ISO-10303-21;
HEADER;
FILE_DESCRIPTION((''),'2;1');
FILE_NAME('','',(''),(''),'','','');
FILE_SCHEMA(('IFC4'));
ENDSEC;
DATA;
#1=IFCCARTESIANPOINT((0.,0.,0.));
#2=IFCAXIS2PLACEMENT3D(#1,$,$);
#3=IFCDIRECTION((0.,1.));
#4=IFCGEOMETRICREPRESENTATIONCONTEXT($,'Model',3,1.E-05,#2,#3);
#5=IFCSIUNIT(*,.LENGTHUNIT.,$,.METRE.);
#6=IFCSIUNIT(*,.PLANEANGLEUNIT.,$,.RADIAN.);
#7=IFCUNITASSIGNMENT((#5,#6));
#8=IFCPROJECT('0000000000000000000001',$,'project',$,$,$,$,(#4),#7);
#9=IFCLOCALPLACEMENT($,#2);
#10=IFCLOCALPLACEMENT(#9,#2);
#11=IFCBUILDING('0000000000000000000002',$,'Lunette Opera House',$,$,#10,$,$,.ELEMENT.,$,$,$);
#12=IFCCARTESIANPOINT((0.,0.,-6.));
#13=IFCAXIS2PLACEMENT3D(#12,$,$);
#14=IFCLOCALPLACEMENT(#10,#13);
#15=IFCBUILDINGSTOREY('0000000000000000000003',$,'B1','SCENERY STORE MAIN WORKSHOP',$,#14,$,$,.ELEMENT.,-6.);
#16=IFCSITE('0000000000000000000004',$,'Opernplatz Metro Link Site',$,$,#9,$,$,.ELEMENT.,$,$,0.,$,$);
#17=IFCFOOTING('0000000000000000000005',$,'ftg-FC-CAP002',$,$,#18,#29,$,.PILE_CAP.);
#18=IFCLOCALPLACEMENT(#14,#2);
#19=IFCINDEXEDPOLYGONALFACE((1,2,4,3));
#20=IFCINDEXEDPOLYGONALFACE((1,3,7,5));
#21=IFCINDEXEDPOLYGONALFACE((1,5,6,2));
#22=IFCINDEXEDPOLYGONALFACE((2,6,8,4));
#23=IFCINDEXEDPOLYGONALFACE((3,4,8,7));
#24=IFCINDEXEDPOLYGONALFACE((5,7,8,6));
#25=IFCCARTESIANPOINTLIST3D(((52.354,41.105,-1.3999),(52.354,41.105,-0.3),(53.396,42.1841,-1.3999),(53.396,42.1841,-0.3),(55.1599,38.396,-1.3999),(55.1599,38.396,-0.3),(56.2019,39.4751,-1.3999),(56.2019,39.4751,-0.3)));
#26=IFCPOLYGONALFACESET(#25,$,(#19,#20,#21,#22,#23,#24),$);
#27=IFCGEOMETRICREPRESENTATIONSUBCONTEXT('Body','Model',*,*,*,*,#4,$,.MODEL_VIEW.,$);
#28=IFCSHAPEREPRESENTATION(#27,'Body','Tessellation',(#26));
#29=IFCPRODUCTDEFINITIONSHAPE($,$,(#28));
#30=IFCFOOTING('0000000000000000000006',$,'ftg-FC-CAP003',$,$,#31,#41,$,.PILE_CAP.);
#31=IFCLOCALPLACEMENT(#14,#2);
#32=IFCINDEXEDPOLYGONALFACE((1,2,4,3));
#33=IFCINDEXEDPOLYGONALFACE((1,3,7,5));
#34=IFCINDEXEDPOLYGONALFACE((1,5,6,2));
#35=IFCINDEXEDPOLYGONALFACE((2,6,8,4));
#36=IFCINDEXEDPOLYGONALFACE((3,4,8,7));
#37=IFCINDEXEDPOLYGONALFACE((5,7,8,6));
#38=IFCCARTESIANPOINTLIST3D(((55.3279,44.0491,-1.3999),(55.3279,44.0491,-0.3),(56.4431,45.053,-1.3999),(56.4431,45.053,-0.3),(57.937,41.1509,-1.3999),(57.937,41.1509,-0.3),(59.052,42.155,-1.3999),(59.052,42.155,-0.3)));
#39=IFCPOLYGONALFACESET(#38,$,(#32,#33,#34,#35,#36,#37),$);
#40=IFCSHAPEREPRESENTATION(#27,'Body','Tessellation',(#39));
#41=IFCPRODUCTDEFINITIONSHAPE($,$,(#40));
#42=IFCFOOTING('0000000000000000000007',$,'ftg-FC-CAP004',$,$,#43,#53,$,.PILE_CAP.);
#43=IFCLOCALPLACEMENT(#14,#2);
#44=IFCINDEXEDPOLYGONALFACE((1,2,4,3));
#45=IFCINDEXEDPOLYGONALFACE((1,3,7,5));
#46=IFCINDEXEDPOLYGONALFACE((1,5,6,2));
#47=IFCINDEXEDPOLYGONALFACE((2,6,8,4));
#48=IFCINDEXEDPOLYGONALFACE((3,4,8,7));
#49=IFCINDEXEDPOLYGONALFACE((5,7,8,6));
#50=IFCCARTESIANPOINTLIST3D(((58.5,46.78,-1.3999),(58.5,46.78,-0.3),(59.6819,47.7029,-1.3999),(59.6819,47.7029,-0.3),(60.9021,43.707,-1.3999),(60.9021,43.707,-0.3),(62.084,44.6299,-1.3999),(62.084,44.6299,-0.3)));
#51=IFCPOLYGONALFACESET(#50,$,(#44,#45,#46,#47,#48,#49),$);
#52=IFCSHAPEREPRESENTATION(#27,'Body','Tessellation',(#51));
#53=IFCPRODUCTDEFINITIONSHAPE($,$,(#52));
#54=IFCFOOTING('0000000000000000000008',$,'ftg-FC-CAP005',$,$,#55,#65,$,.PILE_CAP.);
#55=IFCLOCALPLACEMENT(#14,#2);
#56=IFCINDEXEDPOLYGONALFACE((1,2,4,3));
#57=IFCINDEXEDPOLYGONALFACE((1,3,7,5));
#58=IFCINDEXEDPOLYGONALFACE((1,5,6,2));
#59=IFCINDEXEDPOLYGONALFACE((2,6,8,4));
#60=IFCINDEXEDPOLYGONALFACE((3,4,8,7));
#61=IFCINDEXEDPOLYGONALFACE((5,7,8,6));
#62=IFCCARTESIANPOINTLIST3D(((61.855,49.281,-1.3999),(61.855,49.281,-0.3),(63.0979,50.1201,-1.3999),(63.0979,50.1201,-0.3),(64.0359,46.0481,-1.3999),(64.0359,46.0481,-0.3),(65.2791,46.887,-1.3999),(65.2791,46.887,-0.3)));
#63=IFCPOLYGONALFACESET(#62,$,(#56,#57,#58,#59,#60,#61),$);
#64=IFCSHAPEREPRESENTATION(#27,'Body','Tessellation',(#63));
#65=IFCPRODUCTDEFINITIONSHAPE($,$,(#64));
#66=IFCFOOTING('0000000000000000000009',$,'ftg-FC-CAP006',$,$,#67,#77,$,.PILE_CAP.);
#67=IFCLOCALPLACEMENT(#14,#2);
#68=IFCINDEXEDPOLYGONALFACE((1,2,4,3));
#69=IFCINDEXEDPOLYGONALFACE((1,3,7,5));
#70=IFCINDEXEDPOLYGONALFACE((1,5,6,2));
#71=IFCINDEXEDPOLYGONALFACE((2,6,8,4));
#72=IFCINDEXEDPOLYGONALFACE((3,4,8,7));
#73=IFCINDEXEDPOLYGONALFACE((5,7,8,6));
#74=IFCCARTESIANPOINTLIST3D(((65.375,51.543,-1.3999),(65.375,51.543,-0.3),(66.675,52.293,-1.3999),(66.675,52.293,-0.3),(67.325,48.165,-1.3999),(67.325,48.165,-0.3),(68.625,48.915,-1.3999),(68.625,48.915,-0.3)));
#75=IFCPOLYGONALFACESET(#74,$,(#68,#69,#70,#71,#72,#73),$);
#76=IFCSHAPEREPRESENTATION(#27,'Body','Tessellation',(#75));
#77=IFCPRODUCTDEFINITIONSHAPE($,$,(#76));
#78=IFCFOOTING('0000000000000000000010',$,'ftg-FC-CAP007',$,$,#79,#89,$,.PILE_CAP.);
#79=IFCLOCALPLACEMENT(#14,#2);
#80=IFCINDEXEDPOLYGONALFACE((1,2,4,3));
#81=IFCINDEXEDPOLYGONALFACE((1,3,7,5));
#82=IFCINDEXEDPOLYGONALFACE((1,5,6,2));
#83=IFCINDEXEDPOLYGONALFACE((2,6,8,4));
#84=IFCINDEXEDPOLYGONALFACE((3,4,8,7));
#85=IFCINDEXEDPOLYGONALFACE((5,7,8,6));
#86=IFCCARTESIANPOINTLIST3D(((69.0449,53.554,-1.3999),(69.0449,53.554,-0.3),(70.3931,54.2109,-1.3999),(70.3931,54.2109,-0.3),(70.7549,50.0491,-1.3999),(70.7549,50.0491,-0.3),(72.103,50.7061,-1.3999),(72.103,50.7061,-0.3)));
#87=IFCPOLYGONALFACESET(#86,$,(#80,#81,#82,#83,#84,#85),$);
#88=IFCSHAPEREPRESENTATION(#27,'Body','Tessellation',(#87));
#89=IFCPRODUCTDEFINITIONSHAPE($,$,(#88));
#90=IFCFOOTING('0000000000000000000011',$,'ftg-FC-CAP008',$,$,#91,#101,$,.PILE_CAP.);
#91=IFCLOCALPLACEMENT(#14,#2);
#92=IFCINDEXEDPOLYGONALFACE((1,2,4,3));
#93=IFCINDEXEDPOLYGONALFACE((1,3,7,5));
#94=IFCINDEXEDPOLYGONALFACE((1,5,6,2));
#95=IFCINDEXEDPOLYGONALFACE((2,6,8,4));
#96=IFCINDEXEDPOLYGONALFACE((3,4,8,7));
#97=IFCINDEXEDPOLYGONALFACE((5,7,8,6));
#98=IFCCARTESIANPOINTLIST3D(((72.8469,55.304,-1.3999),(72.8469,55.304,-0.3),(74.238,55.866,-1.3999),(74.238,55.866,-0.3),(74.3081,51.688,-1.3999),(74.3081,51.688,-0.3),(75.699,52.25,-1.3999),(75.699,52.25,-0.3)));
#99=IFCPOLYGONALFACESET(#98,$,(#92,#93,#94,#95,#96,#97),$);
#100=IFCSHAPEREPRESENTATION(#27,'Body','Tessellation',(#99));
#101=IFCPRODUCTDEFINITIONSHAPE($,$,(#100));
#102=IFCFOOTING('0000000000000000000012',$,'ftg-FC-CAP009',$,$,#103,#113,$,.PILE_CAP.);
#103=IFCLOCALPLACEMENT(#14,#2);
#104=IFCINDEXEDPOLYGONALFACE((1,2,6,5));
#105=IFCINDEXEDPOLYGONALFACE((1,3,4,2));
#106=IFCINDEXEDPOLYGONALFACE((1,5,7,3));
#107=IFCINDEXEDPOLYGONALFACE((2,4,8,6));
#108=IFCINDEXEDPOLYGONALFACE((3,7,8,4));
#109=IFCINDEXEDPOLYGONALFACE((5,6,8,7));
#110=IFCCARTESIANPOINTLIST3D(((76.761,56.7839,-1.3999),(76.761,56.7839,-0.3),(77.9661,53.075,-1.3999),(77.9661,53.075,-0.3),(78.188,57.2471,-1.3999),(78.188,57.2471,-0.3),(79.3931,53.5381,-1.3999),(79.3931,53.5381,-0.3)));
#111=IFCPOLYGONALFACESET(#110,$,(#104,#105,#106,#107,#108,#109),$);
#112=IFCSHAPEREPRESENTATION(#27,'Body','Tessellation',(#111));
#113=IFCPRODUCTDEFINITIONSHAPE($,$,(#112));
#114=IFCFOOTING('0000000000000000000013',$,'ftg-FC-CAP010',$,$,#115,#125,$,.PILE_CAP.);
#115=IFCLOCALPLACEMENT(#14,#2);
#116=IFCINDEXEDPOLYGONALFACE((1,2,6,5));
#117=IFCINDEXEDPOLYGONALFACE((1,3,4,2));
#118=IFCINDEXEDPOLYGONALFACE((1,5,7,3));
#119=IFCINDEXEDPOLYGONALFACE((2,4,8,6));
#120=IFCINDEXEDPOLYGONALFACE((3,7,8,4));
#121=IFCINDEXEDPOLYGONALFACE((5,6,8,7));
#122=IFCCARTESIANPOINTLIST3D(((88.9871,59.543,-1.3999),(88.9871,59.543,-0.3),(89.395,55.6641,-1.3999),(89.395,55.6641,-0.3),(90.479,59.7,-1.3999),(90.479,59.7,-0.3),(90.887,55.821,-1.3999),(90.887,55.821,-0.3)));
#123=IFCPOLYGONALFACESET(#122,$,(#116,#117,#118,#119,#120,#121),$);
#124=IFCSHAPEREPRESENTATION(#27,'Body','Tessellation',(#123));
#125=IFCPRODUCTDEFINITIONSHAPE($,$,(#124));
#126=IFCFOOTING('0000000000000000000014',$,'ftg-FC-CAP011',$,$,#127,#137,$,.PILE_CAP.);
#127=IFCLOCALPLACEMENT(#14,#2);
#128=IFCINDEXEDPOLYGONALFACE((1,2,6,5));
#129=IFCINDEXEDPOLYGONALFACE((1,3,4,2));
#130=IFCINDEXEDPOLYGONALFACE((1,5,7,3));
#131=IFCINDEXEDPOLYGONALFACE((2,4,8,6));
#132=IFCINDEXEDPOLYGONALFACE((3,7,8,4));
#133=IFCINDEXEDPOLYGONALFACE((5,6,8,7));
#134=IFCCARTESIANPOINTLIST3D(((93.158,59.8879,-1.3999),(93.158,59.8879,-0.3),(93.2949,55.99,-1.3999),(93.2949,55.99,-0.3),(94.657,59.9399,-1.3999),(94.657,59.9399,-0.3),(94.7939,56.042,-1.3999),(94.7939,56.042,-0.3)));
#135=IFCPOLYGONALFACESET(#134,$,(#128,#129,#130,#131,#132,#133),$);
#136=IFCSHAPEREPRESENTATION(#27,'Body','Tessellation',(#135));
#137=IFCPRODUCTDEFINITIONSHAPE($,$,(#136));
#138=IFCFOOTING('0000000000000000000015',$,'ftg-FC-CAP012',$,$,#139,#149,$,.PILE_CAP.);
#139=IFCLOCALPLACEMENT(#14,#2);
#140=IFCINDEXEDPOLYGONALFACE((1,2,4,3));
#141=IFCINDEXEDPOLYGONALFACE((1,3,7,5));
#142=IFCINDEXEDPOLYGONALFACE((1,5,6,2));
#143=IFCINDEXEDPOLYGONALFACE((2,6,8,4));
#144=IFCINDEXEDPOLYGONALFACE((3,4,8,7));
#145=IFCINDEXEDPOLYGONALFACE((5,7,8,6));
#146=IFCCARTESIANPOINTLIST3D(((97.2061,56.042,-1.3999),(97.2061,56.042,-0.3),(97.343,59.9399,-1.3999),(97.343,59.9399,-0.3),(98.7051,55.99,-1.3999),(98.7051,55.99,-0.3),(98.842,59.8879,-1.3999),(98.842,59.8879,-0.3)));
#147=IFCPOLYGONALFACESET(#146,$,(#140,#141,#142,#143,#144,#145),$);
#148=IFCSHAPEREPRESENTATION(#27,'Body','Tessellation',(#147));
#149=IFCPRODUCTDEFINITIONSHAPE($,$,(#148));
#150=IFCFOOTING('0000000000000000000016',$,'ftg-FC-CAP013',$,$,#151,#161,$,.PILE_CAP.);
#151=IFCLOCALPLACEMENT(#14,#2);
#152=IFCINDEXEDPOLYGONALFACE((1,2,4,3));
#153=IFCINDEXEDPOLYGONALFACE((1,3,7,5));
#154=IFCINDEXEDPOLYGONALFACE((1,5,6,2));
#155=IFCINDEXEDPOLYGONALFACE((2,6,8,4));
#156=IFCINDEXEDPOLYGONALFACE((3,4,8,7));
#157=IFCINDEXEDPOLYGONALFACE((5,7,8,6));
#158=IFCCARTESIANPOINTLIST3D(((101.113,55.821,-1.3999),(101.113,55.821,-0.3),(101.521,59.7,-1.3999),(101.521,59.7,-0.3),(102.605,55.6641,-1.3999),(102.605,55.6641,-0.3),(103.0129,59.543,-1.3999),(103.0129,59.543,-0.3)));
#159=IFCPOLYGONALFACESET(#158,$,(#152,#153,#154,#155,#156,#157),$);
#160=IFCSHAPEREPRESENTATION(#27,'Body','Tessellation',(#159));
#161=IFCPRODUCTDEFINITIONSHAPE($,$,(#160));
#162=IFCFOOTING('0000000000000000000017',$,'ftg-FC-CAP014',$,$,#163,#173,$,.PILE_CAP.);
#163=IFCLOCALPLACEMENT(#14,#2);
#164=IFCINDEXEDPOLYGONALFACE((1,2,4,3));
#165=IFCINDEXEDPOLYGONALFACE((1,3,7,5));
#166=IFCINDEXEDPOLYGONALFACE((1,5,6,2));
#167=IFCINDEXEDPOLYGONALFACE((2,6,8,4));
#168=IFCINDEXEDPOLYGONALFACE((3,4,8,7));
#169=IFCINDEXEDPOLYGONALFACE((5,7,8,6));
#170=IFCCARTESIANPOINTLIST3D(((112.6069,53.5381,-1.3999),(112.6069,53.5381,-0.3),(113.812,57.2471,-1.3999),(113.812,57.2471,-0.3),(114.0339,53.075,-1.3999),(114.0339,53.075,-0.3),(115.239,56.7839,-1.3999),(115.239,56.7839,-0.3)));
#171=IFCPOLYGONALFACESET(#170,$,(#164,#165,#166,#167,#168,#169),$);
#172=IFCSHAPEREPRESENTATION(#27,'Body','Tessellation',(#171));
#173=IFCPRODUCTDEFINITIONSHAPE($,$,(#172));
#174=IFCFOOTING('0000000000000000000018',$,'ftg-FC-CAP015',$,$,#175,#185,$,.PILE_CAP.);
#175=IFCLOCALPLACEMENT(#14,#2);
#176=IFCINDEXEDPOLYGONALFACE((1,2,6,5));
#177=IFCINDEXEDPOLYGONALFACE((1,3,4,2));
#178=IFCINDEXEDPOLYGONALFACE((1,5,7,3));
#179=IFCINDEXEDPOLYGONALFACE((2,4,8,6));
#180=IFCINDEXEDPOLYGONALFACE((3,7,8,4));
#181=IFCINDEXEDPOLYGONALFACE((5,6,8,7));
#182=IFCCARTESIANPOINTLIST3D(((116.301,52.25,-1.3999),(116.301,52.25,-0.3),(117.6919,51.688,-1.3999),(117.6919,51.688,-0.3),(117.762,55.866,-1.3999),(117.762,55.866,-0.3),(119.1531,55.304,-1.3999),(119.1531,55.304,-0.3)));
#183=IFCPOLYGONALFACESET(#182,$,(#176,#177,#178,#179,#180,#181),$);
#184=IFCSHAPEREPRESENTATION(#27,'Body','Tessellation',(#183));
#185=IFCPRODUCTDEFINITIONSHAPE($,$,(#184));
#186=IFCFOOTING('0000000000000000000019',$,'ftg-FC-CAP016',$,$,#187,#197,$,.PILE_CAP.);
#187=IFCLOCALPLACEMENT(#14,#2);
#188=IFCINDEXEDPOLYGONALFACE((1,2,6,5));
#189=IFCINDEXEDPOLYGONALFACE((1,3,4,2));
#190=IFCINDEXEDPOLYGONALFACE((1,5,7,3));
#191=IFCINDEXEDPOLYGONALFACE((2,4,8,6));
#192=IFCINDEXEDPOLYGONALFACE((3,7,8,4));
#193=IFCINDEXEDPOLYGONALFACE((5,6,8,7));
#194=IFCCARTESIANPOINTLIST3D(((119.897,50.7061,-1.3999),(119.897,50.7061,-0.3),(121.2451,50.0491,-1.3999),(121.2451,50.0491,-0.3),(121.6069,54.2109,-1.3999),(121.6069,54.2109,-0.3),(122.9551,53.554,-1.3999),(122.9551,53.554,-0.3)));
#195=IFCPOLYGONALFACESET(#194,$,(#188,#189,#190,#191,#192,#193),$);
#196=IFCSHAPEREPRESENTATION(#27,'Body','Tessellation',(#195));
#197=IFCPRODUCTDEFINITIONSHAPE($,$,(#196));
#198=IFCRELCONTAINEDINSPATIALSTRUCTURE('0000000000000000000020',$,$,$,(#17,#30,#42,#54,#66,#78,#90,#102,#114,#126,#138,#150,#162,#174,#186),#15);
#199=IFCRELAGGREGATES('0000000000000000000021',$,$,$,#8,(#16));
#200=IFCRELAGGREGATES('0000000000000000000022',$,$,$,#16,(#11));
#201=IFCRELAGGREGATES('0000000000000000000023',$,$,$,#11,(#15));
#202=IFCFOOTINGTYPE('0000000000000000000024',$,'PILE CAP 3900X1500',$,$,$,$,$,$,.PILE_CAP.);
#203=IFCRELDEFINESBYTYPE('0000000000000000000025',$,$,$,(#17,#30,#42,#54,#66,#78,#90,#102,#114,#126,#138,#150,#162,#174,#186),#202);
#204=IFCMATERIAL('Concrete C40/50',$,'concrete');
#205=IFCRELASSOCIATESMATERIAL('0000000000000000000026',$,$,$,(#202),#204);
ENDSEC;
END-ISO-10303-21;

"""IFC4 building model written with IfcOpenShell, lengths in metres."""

from ifc_helpers import new_model, si_unit, direction, frame, origin, place, context, subcontext, project, spatial, polyline, outline, extrude, material, type_object, element, save


model = new_model("IFC4")

# Units and contexts
model_context = context("Model", 3, precision=1e-05, world=origin(), true_north=direction((0.0, 1.0)))
body_context = subcontext(model_context, "Body", "Model", "MODEL_VIEW")
ifc_project = project(units=[si_unit("LENGTHUNIT", "METRE"), si_unit("PLANEANGLEUNIT", "RADIAN")], contexts=[model_context])

# Site, building, storey
site_placement = place(None, origin())
site = spatial("IfcSite", under=ifc_project, at=site_placement, Name="Opernplatz Metro Link Site", CompositionType="ELEMENT", RefElevation=0.0)
building_placement = place(site_placement, origin())
building = spatial("IfcBuilding", under=site, at=building_placement, Name="Lunette Opera House", CompositionType="ELEMENT")
storey_placement = place(building_placement, frame((0.0, 0.0, -6.0)))
storey = spatial("IfcBuildingStorey", under=building, at=storey_placement, Name="B1", Description="SCENERY STORE MAIN WORKSHOP", CompositionType="ELEMENT", Elevation=-6.0)

# Footings
ifc_material = material(Name="Concrete C40/50", Category="concrete")
footing_type = type_object("IfcFootingType", Name="PILE CAP 3900X1500", PredefinedType="PILE_CAP", material=ifc_material)
footing_1_placement = place(storey_placement, frame((0.0, 0.0, -1.3999)))
element("IfcFooting", 1, at=footing_1_placement, inside=storey, type_object=footing_type, Name="ftg-FC-CAP002", PredefinedType="PILE_CAP", context=body_context, shape_type="SweptSolid", body=[
    extrude(outline(polyline([(55.1599, 38.396), (56.2019, 39.4751), (53.396, 42.1841), (52.354, 41.105), (55.1599, 38.396)])), origin(), (0.0, 0.0, 1.0), 1.0999),
])
footing_2_placement = place(storey_placement, frame((0.0, 0.0, -1.3999)))
element("IfcFooting", 2, at=footing_2_placement, inside=storey, type_object=footing_type, Name="ftg-FC-CAP003", PredefinedType="PILE_CAP", context=body_context, shape_type="SweptSolid", body=[
    extrude(outline(polyline([(57.937, 41.1509), (59.052, 42.155), (56.4431, 45.053), (55.3279, 44.0491), (57.937, 41.1509)])), origin(), (0.0, 0.0, 1.0), 1.0999),
])
footing_3_placement = place(storey_placement, frame((0.0, 0.0, -1.3999)))
element("IfcFooting", 3, at=footing_3_placement, inside=storey, type_object=footing_type, Name="ftg-FC-CAP004", PredefinedType="PILE_CAP", context=body_context, shape_type="SweptSolid", body=[
    extrude(outline(polyline([(60.9021, 43.707), (62.084, 44.6299), (59.6819, 47.7029), (58.5, 46.78), (60.9021, 43.707)])), origin(), (0.0, 0.0, 1.0), 1.0999),
])
footing_4_placement = place(storey_placement, frame((0.0, 0.0, -1.3999)))
element("IfcFooting", 4, at=footing_4_placement, inside=storey, type_object=footing_type, Name="ftg-FC-CAP005", PredefinedType="PILE_CAP", context=body_context, shape_type="SweptSolid", body=[
    extrude(outline(polyline([(64.0359, 46.0481), (65.2791, 46.887), (63.0979, 50.1201), (61.855, 49.281), (64.0359, 46.0481)])), origin(), (0.0, 0.0, 1.0), 1.0999),
])
footing_5_placement = place(storey_placement, frame((0.0, 0.0, -1.3999)))
element("IfcFooting", 5, at=footing_5_placement, inside=storey, type_object=footing_type, Name="ftg-FC-CAP006", PredefinedType="PILE_CAP", context=body_context, shape_type="SweptSolid", body=[
    extrude(outline(polyline([(67.325, 48.165), (68.625, 48.915), (66.675, 52.293), (65.375, 51.543), (67.325, 48.165)])), origin(), (0.0, 0.0, 1.0), 1.0999),
])
footing_6_placement = place(storey_placement, frame((0.0, 0.0, -1.3999)))
element("IfcFooting", 6, at=footing_6_placement, inside=storey, type_object=footing_type, Name="ftg-FC-CAP007", PredefinedType="PILE_CAP", context=body_context, shape_type="SweptSolid", body=[
    extrude(outline(polyline([(70.7549, 50.0491), (72.103, 50.7061), (70.3931, 54.2109), (69.0449, 53.554), (70.7549, 50.0491)])), origin(), (0.0, 0.0, 1.0), 1.0999),
])
footing_7_placement = place(storey_placement, frame((0.0, 0.0, -1.3999)))
element("IfcFooting", 7, at=footing_7_placement, inside=storey, type_object=footing_type, Name="ftg-FC-CAP008", PredefinedType="PILE_CAP", context=body_context, shape_type="SweptSolid", body=[
    extrude(outline(polyline([(74.3081, 51.688), (75.699, 52.25), (74.238, 55.866), (72.8469, 55.304), (74.3081, 51.688)])), origin(), (0.0, 0.0, 1.0), 1.0999),
])
footing_8_placement = place(storey_placement, frame((0.0, 0.0, -1.3999)))
element("IfcFooting", 8, at=footing_8_placement, inside=storey, type_object=footing_type, Name="ftg-FC-CAP009", PredefinedType="PILE_CAP", context=body_context, shape_type="SweptSolid", body=[
    extrude(outline(polyline([(77.9661, 53.075), (79.3931, 53.5381), (78.188, 57.2471), (76.761, 56.7839), (77.9661, 53.075)])), origin(), (0.0, 0.0, 1.0), 1.0999),
])
footing_9_placement = place(storey_placement, frame((0.0, 0.0, -1.3999)))
element("IfcFooting", 9, at=footing_9_placement, inside=storey, type_object=footing_type, Name="ftg-FC-CAP010", PredefinedType="PILE_CAP", context=body_context, shape_type="SweptSolid", body=[
    extrude(outline(polyline([(89.395, 55.6641), (90.887, 55.821), (90.479, 59.7), (88.9871, 59.543), (89.395, 55.6641)])), origin(), (0.0, 0.0, 1.0), 1.0999),
])
footing_10_placement = place(storey_placement, frame((0.0, 0.0, -1.3999)))
element("IfcFooting", 10, at=footing_10_placement, inside=storey, type_object=footing_type, Name="ftg-FC-CAP011", PredefinedType="PILE_CAP", context=body_context, shape_type="SweptSolid", body=[
    extrude(outline(polyline([(93.2949, 55.99), (94.7939, 56.042), (94.657, 59.9399), (93.158, 59.8879), (93.2949, 55.99)])), origin(), (0.0, 0.0, 1.0), 1.0999),
])
footing_11_placement = place(storey_placement, frame((0.0, 0.0, -1.3999)))
element("IfcFooting", 11, at=footing_11_placement, inside=storey, type_object=footing_type, Name="ftg-FC-CAP012", PredefinedType="PILE_CAP", context=body_context, shape_type="SweptSolid", body=[
    extrude(outline(polyline([(97.2061, 56.042), (98.7051, 55.99), (98.842, 59.8879), (97.343, 59.9399), (97.2061, 56.042)])), origin(), (0.0, 0.0, 1.0), 1.0999),
])
footing_12_placement = place(storey_placement, frame((0.0, 0.0, -1.3999)))
element("IfcFooting", 12, at=footing_12_placement, inside=storey, type_object=footing_type, Name="ftg-FC-CAP013", PredefinedType="PILE_CAP", context=body_context, shape_type="SweptSolid", body=[
    extrude(outline(polyline([(101.113, 55.821), (102.605, 55.6641), (103.0129, 59.543), (101.521, 59.7), (101.113, 55.821)])), origin(), (0.0, 0.0, 1.0), 1.0999),
])
footing_13_placement = place(storey_placement, frame((0.0, 0.0, -1.3999)))
element("IfcFooting", 13, at=footing_13_placement, inside=storey, type_object=footing_type, Name="ftg-FC-CAP014", PredefinedType="PILE_CAP", context=body_context, shape_type="SweptSolid", body=[
    extrude(outline(polyline([(112.6069, 53.5381), (114.0339, 53.075), (115.239, 56.7839), (113.812, 57.2471), (112.6069, 53.5381)])), origin(), (0.0, 0.0, 1.0), 1.0999),
])
footing_14_placement = place(storey_placement, frame((0.0, 0.0, -1.3999)))
element("IfcFooting", 14, at=footing_14_placement, inside=storey, type_object=footing_type, Name="ftg-FC-CAP015", PredefinedType="PILE_CAP", context=body_context, shape_type="SweptSolid", body=[
    extrude(outline(polyline([(116.301, 52.25), (117.6919, 51.688), (119.1531, 55.304), (117.762, 55.866), (116.301, 52.25)])), origin(), (0.0, 0.0, 1.0), 1.0999),
])
footing_15_placement = place(storey_placement, frame((0.0, 0.0, -1.3999)))
element("IfcFooting", 15, at=footing_15_placement, inside=storey, type_object=footing_type, Name="ftg-FC-CAP016", PredefinedType="PILE_CAP", context=body_context, shape_type="SweptSolid", body=[
    extrude(outline(polyline([(119.897, 50.7061), (121.2451, 50.0491), (122.9551, 53.554), (121.6069, 54.2109), (119.897, 50.7061)])), origin(), (0.0, 0.0, 1.0), 1.0999),
])

save(model, "model.ifc")
